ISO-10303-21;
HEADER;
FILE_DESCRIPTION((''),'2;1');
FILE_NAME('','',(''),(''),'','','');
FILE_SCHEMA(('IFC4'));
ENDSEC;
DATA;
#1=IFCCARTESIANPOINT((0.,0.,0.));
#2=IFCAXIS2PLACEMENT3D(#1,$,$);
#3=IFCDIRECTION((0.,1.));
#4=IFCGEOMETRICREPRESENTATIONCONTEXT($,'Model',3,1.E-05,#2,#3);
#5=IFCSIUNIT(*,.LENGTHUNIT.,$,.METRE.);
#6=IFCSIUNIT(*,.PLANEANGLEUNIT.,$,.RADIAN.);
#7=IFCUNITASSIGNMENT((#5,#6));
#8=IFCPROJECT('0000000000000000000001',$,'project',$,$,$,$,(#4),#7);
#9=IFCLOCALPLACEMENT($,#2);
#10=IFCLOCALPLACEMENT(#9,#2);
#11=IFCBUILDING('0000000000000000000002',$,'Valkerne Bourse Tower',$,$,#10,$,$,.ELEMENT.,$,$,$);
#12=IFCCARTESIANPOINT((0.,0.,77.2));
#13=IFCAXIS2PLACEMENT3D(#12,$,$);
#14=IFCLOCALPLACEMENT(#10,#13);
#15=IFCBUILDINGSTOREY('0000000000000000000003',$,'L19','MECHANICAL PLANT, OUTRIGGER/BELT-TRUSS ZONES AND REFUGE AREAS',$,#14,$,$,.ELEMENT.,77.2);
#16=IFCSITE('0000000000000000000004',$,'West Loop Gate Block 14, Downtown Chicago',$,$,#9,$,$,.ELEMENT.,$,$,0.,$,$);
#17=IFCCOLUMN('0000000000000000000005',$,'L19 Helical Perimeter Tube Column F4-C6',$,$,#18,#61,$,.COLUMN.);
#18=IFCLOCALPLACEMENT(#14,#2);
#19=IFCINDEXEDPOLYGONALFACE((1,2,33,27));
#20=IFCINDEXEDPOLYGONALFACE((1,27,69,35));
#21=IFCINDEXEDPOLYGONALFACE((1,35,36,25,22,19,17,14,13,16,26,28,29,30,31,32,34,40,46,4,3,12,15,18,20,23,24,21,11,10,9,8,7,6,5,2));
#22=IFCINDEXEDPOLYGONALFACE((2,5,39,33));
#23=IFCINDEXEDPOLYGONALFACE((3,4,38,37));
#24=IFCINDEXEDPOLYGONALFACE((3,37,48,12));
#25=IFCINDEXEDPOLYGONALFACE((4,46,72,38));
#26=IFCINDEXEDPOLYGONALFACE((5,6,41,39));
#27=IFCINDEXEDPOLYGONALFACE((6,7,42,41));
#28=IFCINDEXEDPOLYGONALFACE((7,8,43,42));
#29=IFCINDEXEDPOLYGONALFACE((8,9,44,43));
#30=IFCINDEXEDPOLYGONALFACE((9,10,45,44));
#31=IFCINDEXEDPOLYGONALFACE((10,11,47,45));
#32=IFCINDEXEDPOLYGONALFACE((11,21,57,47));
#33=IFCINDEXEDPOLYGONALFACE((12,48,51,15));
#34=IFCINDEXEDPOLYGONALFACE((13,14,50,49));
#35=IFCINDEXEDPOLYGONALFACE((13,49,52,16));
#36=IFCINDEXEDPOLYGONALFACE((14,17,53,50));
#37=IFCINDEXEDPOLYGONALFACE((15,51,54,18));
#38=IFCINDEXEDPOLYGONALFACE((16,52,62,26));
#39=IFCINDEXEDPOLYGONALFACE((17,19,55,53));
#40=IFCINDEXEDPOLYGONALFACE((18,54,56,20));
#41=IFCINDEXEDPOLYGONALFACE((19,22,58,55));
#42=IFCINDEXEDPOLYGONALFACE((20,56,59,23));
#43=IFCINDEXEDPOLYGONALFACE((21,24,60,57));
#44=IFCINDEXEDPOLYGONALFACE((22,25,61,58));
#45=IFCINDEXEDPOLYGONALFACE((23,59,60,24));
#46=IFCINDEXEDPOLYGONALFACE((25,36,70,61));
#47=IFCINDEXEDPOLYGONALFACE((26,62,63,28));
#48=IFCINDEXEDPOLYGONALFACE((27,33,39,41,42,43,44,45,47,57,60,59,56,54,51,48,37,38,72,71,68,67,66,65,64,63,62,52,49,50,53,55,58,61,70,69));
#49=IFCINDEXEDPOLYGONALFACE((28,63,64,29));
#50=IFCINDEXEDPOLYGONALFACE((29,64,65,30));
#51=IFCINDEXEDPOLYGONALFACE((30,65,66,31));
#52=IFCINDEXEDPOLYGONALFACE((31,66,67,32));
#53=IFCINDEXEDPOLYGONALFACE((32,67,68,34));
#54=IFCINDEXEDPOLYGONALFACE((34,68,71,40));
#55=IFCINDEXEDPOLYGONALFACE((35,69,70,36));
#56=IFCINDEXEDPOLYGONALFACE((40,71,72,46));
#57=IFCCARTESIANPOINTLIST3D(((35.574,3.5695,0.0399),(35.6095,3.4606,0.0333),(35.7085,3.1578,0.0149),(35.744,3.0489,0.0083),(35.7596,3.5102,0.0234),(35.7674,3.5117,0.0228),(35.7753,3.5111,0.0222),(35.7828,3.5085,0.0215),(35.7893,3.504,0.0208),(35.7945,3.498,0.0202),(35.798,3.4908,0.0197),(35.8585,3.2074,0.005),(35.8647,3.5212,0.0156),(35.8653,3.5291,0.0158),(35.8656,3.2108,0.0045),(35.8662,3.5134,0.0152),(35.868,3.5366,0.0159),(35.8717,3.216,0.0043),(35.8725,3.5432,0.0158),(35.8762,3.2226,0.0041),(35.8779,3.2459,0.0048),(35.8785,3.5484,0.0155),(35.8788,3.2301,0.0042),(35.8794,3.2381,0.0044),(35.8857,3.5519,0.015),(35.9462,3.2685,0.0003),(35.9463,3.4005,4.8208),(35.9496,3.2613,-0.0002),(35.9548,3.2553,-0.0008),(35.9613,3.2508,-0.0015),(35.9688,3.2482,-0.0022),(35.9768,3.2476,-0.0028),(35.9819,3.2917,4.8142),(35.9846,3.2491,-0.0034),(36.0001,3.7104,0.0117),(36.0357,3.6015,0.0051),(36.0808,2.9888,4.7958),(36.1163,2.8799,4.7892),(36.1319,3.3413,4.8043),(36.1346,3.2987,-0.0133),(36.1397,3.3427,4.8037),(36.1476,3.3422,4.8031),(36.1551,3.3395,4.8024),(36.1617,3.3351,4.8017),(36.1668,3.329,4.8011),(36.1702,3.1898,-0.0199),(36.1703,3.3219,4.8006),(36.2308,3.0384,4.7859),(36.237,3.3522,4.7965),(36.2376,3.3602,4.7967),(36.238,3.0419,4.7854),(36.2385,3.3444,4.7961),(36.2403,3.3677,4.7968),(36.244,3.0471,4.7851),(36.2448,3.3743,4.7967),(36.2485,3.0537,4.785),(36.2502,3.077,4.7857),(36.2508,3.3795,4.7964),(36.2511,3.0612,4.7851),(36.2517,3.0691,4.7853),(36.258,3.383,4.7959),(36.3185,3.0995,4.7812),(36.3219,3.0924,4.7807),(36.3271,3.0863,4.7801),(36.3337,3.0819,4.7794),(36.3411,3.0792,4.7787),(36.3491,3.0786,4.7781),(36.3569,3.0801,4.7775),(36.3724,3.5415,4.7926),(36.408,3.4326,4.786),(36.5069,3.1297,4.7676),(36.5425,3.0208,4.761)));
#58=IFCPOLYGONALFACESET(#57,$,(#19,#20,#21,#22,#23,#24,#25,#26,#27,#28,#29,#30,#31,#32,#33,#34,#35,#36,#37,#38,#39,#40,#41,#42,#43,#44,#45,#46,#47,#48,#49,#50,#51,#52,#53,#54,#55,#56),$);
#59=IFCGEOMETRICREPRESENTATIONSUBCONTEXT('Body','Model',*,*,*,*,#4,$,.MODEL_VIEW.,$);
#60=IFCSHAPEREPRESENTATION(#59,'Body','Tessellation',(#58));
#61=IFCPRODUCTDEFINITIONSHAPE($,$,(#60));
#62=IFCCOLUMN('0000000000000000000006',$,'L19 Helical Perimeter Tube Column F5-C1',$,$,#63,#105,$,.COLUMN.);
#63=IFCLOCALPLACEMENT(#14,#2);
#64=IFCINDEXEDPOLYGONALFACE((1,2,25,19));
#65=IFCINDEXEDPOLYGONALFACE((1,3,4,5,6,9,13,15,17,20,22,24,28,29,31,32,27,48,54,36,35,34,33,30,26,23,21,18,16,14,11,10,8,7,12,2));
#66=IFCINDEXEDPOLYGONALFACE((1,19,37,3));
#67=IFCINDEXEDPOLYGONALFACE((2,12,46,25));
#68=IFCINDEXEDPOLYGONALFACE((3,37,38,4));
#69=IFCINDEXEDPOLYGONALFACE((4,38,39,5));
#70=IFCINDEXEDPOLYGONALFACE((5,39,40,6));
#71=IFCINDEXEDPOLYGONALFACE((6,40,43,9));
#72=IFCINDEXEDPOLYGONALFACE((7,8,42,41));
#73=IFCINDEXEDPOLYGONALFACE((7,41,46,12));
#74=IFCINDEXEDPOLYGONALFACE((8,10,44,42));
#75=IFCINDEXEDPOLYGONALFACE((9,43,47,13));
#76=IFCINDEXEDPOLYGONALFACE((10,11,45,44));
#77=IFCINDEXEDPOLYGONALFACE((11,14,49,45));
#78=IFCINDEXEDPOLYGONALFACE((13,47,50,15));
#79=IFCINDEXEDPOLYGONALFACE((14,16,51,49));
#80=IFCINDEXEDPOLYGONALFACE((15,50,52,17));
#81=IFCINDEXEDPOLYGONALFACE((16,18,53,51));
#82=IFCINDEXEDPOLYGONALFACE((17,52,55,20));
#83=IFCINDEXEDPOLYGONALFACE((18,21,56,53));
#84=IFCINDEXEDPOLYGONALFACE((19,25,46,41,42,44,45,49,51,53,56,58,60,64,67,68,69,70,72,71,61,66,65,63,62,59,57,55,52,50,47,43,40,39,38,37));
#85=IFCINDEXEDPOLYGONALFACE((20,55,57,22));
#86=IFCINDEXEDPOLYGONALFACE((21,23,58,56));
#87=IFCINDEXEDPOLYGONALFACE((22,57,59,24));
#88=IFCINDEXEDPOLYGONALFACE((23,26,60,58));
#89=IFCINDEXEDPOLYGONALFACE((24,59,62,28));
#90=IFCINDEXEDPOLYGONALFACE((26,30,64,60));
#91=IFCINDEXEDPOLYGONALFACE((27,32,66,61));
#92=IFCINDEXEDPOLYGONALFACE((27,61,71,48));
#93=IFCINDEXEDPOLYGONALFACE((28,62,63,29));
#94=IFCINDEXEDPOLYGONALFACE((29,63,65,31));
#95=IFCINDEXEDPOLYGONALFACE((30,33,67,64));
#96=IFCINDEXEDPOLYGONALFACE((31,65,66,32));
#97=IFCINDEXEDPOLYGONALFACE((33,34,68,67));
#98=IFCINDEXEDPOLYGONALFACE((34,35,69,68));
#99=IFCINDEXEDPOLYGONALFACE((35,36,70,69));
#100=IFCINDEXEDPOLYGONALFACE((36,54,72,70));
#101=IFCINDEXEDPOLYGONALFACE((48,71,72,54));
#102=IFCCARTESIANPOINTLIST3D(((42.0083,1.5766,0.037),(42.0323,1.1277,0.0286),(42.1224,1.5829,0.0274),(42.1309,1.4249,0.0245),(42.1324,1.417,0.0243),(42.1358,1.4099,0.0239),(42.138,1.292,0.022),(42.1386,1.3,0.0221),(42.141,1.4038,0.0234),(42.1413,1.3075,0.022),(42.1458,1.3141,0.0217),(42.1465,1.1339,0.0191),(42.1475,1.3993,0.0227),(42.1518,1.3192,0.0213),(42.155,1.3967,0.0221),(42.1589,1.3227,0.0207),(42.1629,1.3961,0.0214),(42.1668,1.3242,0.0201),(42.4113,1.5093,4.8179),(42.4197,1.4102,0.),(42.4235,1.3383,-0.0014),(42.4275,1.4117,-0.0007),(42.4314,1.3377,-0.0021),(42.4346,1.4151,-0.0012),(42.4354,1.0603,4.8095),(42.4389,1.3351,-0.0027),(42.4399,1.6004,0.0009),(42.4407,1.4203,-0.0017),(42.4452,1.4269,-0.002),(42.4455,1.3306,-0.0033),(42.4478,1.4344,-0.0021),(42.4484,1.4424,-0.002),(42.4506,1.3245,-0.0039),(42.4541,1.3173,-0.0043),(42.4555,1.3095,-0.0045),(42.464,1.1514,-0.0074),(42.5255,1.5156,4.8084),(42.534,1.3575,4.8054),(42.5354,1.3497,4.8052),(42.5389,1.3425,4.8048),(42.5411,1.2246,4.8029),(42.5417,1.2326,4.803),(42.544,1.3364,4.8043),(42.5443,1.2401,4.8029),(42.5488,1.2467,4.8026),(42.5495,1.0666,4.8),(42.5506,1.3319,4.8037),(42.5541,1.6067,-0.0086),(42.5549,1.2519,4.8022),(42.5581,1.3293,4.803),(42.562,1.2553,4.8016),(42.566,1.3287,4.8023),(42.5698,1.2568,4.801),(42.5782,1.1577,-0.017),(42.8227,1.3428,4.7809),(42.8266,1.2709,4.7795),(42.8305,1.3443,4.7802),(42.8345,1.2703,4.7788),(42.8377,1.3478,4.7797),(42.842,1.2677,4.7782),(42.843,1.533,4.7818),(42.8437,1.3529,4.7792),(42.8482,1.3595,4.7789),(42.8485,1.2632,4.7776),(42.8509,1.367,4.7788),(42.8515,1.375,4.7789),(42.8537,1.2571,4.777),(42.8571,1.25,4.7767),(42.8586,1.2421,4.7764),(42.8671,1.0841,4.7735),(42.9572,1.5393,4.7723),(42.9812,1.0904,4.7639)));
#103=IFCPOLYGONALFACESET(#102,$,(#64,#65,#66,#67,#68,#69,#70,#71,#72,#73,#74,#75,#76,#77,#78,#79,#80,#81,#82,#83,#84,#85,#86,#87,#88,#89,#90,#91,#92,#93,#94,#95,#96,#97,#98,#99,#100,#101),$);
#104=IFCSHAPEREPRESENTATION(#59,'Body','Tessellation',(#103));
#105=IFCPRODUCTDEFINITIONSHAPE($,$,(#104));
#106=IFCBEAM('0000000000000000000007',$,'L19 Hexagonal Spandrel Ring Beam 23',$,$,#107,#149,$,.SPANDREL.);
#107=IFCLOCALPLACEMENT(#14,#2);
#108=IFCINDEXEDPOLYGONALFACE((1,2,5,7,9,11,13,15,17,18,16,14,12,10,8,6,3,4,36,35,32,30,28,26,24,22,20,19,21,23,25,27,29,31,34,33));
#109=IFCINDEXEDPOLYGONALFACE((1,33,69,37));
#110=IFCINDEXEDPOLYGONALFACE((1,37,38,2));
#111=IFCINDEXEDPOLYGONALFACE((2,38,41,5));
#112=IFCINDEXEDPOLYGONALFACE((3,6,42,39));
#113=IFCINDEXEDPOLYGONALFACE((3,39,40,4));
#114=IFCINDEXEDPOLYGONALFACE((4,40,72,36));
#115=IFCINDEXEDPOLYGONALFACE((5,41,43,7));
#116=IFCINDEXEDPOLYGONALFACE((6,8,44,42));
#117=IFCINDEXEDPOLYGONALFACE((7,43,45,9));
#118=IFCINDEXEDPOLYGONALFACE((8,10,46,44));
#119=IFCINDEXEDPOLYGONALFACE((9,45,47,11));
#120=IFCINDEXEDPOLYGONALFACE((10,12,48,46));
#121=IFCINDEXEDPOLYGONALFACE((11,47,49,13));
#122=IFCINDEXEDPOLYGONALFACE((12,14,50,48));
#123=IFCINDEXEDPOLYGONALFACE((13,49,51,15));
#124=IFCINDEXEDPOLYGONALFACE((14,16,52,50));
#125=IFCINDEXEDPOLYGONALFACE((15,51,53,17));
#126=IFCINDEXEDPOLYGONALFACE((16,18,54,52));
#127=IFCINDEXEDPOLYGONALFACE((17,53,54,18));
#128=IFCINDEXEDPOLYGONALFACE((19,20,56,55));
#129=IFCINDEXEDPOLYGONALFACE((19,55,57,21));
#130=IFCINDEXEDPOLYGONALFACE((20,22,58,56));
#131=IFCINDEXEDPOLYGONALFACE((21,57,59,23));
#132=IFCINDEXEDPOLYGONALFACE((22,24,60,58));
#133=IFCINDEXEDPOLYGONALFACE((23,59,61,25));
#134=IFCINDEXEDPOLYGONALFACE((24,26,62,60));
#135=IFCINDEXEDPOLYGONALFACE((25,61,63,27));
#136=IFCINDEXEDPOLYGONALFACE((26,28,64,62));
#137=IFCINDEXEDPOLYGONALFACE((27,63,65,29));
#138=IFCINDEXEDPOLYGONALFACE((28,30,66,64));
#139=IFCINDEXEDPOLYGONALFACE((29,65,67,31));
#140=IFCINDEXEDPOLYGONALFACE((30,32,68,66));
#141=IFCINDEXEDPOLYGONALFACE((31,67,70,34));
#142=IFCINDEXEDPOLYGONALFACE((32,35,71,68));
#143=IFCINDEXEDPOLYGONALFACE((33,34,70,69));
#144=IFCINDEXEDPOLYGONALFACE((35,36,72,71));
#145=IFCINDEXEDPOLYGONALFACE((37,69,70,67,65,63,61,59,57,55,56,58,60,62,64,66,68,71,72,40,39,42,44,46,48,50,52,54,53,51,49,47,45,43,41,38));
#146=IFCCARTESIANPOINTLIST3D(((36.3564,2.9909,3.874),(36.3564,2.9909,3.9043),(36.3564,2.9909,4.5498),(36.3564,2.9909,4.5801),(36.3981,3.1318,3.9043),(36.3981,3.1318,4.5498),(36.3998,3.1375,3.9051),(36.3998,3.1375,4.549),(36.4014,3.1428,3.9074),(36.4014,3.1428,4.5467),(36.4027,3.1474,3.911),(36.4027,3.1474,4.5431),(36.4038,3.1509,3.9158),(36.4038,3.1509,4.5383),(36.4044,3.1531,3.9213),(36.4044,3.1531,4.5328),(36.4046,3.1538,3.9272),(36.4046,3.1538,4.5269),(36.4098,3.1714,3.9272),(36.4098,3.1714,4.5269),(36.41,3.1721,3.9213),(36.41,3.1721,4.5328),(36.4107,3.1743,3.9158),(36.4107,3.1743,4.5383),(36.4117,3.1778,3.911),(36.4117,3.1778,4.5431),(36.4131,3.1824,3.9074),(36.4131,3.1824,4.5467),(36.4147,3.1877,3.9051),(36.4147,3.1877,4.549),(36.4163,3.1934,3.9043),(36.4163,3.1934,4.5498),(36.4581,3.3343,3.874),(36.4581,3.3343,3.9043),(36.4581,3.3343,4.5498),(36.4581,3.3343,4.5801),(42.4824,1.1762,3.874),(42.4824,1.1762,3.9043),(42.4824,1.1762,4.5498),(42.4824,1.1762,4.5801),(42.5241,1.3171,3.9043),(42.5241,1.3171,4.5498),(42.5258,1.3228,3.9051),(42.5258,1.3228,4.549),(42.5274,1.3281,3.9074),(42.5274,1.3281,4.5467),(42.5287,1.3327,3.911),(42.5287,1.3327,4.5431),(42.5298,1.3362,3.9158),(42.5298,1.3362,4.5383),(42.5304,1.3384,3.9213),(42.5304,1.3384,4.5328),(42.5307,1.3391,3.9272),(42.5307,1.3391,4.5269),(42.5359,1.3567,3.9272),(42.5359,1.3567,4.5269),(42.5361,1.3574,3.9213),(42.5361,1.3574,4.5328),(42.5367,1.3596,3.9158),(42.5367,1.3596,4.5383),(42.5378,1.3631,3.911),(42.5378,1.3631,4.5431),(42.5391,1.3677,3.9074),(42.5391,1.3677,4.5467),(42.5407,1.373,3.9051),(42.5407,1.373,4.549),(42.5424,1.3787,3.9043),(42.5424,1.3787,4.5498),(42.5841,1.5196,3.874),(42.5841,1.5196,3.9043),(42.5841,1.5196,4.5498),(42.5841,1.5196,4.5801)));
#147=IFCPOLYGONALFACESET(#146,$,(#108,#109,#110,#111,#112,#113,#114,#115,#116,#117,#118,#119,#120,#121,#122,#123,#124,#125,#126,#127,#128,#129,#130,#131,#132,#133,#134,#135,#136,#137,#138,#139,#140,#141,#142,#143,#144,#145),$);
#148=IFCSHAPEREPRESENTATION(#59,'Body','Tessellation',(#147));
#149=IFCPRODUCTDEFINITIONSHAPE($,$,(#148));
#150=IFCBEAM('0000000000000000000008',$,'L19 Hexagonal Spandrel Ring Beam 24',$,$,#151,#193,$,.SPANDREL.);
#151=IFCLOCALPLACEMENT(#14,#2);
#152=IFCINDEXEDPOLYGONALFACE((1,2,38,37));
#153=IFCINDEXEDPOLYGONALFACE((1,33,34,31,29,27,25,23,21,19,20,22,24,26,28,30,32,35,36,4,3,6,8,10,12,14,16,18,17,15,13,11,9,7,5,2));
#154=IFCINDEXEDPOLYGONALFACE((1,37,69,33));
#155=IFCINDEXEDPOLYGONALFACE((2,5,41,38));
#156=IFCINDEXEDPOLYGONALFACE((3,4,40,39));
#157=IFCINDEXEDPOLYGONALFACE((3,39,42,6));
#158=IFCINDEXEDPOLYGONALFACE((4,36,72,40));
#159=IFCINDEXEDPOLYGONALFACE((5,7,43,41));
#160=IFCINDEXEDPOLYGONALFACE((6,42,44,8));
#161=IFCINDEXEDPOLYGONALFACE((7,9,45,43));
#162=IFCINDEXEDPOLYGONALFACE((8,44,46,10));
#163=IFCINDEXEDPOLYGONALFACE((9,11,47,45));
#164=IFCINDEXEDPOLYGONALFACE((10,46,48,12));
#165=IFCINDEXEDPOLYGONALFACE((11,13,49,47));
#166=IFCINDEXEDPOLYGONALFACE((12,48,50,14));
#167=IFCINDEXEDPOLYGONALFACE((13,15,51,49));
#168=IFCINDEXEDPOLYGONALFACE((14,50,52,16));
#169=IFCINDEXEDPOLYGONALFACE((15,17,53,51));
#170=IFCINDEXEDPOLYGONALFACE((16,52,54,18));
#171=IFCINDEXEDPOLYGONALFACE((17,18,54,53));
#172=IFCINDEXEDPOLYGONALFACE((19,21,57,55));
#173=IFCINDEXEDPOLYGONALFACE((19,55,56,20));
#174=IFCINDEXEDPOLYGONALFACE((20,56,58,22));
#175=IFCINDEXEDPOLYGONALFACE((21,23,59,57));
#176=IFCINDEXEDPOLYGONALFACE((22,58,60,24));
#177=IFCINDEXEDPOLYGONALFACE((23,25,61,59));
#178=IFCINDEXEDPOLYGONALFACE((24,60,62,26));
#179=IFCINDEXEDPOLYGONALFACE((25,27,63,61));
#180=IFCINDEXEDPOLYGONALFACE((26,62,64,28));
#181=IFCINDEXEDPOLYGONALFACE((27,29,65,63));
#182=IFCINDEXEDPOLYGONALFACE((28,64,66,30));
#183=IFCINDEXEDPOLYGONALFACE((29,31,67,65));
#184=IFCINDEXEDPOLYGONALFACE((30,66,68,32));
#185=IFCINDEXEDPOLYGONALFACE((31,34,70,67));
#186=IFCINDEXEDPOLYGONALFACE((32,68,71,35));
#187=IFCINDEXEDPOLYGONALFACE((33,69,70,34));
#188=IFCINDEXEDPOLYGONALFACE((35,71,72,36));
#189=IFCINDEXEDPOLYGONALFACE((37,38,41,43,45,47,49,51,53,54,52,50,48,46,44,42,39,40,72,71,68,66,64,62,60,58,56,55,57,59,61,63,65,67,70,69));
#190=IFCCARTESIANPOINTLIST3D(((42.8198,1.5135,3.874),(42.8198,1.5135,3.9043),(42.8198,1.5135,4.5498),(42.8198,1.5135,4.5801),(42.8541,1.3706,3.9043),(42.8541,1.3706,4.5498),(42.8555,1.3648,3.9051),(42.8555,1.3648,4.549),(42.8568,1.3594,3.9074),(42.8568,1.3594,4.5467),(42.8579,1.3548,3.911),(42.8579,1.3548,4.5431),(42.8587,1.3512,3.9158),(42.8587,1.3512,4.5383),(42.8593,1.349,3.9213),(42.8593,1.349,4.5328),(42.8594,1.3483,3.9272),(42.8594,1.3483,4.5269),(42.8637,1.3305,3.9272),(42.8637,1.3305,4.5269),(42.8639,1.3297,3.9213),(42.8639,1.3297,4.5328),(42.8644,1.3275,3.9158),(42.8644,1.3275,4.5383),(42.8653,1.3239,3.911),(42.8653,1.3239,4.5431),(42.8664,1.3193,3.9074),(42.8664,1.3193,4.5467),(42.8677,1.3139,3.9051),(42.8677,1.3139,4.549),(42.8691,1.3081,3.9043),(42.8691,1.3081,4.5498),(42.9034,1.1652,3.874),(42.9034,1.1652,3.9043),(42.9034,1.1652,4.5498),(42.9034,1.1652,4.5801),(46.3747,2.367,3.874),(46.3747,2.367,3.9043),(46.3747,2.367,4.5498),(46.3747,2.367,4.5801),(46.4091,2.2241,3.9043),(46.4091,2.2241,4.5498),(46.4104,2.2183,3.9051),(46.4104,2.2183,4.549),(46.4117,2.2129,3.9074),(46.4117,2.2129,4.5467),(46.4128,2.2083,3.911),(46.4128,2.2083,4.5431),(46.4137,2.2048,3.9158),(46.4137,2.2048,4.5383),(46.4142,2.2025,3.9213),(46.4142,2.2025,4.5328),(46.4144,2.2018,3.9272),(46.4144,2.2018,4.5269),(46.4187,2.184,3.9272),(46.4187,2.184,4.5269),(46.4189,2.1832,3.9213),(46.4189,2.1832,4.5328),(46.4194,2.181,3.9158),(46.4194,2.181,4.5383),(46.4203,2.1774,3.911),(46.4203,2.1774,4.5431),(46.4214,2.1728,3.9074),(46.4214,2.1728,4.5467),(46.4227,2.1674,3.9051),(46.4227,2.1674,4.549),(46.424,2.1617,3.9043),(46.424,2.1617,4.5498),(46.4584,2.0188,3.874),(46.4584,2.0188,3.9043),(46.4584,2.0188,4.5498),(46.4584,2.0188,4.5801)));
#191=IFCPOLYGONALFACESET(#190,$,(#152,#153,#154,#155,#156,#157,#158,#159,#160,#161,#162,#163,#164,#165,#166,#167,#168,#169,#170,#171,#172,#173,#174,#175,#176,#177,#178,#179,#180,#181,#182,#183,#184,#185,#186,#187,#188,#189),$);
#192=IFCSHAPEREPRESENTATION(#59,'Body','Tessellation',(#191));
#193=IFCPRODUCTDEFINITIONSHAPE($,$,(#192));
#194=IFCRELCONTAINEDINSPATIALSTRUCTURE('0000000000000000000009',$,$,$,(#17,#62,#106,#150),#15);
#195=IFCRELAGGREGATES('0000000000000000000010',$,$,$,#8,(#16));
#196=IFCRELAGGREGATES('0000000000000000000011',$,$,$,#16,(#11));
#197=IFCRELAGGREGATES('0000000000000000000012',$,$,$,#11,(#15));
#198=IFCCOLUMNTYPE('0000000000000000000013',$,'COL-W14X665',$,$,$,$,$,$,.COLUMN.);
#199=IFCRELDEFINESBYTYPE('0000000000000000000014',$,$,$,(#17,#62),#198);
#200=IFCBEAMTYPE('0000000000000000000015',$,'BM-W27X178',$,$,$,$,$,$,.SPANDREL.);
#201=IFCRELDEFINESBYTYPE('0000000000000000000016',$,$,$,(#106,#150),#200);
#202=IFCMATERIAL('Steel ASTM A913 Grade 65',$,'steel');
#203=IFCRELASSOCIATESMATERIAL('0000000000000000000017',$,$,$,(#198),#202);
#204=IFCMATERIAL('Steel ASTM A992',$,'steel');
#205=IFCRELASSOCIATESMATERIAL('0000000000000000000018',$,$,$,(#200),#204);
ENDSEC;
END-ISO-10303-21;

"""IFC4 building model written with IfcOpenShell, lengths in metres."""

from ifc_helpers import new_model, si_unit, direction, frame, origin, origin_2d, place, context, subcontext, project, spatial, i_section, extrude, material, material_profile, profile_set, type_object, element, save


model = new_model("IFC4")

# Units and contexts
model_context = context("Model", 3, precision=1e-05, world=origin(), true_north=direction((0.0, 1.0)))
body_context = subcontext(model_context, "Body", "Model", "MODEL_VIEW")
ifc_project = project(units=[si_unit("LENGTHUNIT", "METRE"), si_unit("PLANEANGLEUNIT", "RADIAN")], contexts=[model_context])

# Site, building, storey
site_placement = place(None, origin())
site = spatial("IfcSite", under=ifc_project, at=site_placement, Name="West Loop Gate Block 14, Downtown Chicago", CompositionType="ELEMENT", RefElevation=0.0)
building_placement = place(site_placement, origin())
building = spatial("IfcBuilding", under=site, at=building_placement, Name="Valkerne Bourse Tower", CompositionType="ELEMENT")
storey_placement = place(building_placement, frame((0.0, 0.0, 77.2)))
storey = spatial("IfcBuildingStorey", under=building, at=storey_placement, Name="L19", Description="MECHANICAL PLANT, OUTRIGGER/BELT-TRUSS ZONES AND REFUGE AREAS", CompositionType="ELEMENT", Elevation=77.2)

# Columns
ifc_material_1 = material(Name="Steel ASTM A913 Grade 65", Category="steel")
ifc_material_profile_1 = material_profile(ifc_material_1, i_section(OverallWidth=0.4497, OverallDepth=0.5486, WebThickness=0.072, FlangeThickness=0.1147, FilletRadius=0.0305, at=origin_2d()), Name="W14X665")
ifc_profile_set_1 = profile_set([ifc_material_profile_1], Name="Steel ASTM A913 Grade 65")
column_type = type_object("IfcColumnType", Name="COL-W14X665", PredefinedType="COLUMN", material=ifc_profile_set_1)
for number, where, z_axis, x_axis, name in (
    (1, (35.8721, 3.3796, 0.01), (0.07759, -0.035208, 0.996363), (0.947573, 0.313323, -0.062719), "L19 Helical Perimeter Tube Column F4-C6"),
    (2, (42.2932, 1.3672, 0.01), (0.084002, -0.014043, 0.996367), (-0.053463, 0.998397, 0.018579), "L19 Helical Perimeter Tube Column F5-C1"),
):
    element("IfcColumn", number, at=place(storey_placement, frame(where, z_axis=z_axis, x_axis=x_axis)), inside=storey, type_object=column_type, Name=name, PredefinedType="COLUMN", context=body_context, shape_type="SweptSolid", body=[
        extrude(i_section(OverallWidth=0.4497, OverallDepth=0.5486, WebThickness=0.072, FlangeThickness=0.1147, FilletRadius=0.0305, at=origin_2d()), origin(), (0.0, 0.0, 1.0), 4.7983),
    ])

# Beams
ifc_material_2 = material(Name="Steel ASTM A992", Category="steel")
ifc_material_profile_2 = material_profile(ifc_material_2, i_section(OverallWidth=0.3582, OverallDepth=0.7061, WebThickness=0.0183, FlangeThickness=0.0303, FilletRadius=0.0229, at=origin_2d()), Name="W27X178")
ifc_profile_set_2 = profile_set([ifc_material_profile_2], Name="Steel ASTM A992")
beam_type_1 = type_object("IfcBeamType", Name="BM-W27X178", PredefinedType="SPANDREL", material=ifc_profile_set_2)
beam_1_placement = place(storey_placement, frame((36.4072, 3.1626, 4.2271), z_axis=(0.958815, -0.28403, 0.0), x_axis=(0.28403, 0.958815, 0.0)))
element("IfcBeam", 3, at=beam_1_placement, inside=storey, type_object=beam_type_1, Name="L19 Hexagonal Spandrel Ring Beam 23", PredefinedType="SPANDREL", context=body_context, shape_type="SweptSolid", body=[
    extrude(i_section(OverallWidth=0.3582, OverallDepth=0.7061, WebThickness=0.0183, FlangeThickness=0.0303, FilletRadius=0.0229, at=origin_2d()), origin(), (0.0, 0.0, 1.0), 6.3892),
])
beam_2_placement = place(storey_placement, frame((42.8616, 1.3394, 4.2271), z_axis=(0.972367, 0.233459, 0.0), x_axis=(-0.233459, 0.972367, 0.0)))
element("IfcBeam", 4, at=beam_2_placement, inside=storey, type_object=beam_type_1, Name="L19 Hexagonal Spandrel Ring Beam 24", PredefinedType="SPANDREL", context=body_context, shape_type="SweptSolid", body=[
    extrude(i_section(OverallWidth=0.3582, OverallDepth=0.7061, WebThickness=0.0183, FlangeThickness=0.0303, FilletRadius=0.0229, at=origin_2d()), origin(), (0.0, 0.0, 1.0), 3.656),
])

save(model, "model.ifc")
